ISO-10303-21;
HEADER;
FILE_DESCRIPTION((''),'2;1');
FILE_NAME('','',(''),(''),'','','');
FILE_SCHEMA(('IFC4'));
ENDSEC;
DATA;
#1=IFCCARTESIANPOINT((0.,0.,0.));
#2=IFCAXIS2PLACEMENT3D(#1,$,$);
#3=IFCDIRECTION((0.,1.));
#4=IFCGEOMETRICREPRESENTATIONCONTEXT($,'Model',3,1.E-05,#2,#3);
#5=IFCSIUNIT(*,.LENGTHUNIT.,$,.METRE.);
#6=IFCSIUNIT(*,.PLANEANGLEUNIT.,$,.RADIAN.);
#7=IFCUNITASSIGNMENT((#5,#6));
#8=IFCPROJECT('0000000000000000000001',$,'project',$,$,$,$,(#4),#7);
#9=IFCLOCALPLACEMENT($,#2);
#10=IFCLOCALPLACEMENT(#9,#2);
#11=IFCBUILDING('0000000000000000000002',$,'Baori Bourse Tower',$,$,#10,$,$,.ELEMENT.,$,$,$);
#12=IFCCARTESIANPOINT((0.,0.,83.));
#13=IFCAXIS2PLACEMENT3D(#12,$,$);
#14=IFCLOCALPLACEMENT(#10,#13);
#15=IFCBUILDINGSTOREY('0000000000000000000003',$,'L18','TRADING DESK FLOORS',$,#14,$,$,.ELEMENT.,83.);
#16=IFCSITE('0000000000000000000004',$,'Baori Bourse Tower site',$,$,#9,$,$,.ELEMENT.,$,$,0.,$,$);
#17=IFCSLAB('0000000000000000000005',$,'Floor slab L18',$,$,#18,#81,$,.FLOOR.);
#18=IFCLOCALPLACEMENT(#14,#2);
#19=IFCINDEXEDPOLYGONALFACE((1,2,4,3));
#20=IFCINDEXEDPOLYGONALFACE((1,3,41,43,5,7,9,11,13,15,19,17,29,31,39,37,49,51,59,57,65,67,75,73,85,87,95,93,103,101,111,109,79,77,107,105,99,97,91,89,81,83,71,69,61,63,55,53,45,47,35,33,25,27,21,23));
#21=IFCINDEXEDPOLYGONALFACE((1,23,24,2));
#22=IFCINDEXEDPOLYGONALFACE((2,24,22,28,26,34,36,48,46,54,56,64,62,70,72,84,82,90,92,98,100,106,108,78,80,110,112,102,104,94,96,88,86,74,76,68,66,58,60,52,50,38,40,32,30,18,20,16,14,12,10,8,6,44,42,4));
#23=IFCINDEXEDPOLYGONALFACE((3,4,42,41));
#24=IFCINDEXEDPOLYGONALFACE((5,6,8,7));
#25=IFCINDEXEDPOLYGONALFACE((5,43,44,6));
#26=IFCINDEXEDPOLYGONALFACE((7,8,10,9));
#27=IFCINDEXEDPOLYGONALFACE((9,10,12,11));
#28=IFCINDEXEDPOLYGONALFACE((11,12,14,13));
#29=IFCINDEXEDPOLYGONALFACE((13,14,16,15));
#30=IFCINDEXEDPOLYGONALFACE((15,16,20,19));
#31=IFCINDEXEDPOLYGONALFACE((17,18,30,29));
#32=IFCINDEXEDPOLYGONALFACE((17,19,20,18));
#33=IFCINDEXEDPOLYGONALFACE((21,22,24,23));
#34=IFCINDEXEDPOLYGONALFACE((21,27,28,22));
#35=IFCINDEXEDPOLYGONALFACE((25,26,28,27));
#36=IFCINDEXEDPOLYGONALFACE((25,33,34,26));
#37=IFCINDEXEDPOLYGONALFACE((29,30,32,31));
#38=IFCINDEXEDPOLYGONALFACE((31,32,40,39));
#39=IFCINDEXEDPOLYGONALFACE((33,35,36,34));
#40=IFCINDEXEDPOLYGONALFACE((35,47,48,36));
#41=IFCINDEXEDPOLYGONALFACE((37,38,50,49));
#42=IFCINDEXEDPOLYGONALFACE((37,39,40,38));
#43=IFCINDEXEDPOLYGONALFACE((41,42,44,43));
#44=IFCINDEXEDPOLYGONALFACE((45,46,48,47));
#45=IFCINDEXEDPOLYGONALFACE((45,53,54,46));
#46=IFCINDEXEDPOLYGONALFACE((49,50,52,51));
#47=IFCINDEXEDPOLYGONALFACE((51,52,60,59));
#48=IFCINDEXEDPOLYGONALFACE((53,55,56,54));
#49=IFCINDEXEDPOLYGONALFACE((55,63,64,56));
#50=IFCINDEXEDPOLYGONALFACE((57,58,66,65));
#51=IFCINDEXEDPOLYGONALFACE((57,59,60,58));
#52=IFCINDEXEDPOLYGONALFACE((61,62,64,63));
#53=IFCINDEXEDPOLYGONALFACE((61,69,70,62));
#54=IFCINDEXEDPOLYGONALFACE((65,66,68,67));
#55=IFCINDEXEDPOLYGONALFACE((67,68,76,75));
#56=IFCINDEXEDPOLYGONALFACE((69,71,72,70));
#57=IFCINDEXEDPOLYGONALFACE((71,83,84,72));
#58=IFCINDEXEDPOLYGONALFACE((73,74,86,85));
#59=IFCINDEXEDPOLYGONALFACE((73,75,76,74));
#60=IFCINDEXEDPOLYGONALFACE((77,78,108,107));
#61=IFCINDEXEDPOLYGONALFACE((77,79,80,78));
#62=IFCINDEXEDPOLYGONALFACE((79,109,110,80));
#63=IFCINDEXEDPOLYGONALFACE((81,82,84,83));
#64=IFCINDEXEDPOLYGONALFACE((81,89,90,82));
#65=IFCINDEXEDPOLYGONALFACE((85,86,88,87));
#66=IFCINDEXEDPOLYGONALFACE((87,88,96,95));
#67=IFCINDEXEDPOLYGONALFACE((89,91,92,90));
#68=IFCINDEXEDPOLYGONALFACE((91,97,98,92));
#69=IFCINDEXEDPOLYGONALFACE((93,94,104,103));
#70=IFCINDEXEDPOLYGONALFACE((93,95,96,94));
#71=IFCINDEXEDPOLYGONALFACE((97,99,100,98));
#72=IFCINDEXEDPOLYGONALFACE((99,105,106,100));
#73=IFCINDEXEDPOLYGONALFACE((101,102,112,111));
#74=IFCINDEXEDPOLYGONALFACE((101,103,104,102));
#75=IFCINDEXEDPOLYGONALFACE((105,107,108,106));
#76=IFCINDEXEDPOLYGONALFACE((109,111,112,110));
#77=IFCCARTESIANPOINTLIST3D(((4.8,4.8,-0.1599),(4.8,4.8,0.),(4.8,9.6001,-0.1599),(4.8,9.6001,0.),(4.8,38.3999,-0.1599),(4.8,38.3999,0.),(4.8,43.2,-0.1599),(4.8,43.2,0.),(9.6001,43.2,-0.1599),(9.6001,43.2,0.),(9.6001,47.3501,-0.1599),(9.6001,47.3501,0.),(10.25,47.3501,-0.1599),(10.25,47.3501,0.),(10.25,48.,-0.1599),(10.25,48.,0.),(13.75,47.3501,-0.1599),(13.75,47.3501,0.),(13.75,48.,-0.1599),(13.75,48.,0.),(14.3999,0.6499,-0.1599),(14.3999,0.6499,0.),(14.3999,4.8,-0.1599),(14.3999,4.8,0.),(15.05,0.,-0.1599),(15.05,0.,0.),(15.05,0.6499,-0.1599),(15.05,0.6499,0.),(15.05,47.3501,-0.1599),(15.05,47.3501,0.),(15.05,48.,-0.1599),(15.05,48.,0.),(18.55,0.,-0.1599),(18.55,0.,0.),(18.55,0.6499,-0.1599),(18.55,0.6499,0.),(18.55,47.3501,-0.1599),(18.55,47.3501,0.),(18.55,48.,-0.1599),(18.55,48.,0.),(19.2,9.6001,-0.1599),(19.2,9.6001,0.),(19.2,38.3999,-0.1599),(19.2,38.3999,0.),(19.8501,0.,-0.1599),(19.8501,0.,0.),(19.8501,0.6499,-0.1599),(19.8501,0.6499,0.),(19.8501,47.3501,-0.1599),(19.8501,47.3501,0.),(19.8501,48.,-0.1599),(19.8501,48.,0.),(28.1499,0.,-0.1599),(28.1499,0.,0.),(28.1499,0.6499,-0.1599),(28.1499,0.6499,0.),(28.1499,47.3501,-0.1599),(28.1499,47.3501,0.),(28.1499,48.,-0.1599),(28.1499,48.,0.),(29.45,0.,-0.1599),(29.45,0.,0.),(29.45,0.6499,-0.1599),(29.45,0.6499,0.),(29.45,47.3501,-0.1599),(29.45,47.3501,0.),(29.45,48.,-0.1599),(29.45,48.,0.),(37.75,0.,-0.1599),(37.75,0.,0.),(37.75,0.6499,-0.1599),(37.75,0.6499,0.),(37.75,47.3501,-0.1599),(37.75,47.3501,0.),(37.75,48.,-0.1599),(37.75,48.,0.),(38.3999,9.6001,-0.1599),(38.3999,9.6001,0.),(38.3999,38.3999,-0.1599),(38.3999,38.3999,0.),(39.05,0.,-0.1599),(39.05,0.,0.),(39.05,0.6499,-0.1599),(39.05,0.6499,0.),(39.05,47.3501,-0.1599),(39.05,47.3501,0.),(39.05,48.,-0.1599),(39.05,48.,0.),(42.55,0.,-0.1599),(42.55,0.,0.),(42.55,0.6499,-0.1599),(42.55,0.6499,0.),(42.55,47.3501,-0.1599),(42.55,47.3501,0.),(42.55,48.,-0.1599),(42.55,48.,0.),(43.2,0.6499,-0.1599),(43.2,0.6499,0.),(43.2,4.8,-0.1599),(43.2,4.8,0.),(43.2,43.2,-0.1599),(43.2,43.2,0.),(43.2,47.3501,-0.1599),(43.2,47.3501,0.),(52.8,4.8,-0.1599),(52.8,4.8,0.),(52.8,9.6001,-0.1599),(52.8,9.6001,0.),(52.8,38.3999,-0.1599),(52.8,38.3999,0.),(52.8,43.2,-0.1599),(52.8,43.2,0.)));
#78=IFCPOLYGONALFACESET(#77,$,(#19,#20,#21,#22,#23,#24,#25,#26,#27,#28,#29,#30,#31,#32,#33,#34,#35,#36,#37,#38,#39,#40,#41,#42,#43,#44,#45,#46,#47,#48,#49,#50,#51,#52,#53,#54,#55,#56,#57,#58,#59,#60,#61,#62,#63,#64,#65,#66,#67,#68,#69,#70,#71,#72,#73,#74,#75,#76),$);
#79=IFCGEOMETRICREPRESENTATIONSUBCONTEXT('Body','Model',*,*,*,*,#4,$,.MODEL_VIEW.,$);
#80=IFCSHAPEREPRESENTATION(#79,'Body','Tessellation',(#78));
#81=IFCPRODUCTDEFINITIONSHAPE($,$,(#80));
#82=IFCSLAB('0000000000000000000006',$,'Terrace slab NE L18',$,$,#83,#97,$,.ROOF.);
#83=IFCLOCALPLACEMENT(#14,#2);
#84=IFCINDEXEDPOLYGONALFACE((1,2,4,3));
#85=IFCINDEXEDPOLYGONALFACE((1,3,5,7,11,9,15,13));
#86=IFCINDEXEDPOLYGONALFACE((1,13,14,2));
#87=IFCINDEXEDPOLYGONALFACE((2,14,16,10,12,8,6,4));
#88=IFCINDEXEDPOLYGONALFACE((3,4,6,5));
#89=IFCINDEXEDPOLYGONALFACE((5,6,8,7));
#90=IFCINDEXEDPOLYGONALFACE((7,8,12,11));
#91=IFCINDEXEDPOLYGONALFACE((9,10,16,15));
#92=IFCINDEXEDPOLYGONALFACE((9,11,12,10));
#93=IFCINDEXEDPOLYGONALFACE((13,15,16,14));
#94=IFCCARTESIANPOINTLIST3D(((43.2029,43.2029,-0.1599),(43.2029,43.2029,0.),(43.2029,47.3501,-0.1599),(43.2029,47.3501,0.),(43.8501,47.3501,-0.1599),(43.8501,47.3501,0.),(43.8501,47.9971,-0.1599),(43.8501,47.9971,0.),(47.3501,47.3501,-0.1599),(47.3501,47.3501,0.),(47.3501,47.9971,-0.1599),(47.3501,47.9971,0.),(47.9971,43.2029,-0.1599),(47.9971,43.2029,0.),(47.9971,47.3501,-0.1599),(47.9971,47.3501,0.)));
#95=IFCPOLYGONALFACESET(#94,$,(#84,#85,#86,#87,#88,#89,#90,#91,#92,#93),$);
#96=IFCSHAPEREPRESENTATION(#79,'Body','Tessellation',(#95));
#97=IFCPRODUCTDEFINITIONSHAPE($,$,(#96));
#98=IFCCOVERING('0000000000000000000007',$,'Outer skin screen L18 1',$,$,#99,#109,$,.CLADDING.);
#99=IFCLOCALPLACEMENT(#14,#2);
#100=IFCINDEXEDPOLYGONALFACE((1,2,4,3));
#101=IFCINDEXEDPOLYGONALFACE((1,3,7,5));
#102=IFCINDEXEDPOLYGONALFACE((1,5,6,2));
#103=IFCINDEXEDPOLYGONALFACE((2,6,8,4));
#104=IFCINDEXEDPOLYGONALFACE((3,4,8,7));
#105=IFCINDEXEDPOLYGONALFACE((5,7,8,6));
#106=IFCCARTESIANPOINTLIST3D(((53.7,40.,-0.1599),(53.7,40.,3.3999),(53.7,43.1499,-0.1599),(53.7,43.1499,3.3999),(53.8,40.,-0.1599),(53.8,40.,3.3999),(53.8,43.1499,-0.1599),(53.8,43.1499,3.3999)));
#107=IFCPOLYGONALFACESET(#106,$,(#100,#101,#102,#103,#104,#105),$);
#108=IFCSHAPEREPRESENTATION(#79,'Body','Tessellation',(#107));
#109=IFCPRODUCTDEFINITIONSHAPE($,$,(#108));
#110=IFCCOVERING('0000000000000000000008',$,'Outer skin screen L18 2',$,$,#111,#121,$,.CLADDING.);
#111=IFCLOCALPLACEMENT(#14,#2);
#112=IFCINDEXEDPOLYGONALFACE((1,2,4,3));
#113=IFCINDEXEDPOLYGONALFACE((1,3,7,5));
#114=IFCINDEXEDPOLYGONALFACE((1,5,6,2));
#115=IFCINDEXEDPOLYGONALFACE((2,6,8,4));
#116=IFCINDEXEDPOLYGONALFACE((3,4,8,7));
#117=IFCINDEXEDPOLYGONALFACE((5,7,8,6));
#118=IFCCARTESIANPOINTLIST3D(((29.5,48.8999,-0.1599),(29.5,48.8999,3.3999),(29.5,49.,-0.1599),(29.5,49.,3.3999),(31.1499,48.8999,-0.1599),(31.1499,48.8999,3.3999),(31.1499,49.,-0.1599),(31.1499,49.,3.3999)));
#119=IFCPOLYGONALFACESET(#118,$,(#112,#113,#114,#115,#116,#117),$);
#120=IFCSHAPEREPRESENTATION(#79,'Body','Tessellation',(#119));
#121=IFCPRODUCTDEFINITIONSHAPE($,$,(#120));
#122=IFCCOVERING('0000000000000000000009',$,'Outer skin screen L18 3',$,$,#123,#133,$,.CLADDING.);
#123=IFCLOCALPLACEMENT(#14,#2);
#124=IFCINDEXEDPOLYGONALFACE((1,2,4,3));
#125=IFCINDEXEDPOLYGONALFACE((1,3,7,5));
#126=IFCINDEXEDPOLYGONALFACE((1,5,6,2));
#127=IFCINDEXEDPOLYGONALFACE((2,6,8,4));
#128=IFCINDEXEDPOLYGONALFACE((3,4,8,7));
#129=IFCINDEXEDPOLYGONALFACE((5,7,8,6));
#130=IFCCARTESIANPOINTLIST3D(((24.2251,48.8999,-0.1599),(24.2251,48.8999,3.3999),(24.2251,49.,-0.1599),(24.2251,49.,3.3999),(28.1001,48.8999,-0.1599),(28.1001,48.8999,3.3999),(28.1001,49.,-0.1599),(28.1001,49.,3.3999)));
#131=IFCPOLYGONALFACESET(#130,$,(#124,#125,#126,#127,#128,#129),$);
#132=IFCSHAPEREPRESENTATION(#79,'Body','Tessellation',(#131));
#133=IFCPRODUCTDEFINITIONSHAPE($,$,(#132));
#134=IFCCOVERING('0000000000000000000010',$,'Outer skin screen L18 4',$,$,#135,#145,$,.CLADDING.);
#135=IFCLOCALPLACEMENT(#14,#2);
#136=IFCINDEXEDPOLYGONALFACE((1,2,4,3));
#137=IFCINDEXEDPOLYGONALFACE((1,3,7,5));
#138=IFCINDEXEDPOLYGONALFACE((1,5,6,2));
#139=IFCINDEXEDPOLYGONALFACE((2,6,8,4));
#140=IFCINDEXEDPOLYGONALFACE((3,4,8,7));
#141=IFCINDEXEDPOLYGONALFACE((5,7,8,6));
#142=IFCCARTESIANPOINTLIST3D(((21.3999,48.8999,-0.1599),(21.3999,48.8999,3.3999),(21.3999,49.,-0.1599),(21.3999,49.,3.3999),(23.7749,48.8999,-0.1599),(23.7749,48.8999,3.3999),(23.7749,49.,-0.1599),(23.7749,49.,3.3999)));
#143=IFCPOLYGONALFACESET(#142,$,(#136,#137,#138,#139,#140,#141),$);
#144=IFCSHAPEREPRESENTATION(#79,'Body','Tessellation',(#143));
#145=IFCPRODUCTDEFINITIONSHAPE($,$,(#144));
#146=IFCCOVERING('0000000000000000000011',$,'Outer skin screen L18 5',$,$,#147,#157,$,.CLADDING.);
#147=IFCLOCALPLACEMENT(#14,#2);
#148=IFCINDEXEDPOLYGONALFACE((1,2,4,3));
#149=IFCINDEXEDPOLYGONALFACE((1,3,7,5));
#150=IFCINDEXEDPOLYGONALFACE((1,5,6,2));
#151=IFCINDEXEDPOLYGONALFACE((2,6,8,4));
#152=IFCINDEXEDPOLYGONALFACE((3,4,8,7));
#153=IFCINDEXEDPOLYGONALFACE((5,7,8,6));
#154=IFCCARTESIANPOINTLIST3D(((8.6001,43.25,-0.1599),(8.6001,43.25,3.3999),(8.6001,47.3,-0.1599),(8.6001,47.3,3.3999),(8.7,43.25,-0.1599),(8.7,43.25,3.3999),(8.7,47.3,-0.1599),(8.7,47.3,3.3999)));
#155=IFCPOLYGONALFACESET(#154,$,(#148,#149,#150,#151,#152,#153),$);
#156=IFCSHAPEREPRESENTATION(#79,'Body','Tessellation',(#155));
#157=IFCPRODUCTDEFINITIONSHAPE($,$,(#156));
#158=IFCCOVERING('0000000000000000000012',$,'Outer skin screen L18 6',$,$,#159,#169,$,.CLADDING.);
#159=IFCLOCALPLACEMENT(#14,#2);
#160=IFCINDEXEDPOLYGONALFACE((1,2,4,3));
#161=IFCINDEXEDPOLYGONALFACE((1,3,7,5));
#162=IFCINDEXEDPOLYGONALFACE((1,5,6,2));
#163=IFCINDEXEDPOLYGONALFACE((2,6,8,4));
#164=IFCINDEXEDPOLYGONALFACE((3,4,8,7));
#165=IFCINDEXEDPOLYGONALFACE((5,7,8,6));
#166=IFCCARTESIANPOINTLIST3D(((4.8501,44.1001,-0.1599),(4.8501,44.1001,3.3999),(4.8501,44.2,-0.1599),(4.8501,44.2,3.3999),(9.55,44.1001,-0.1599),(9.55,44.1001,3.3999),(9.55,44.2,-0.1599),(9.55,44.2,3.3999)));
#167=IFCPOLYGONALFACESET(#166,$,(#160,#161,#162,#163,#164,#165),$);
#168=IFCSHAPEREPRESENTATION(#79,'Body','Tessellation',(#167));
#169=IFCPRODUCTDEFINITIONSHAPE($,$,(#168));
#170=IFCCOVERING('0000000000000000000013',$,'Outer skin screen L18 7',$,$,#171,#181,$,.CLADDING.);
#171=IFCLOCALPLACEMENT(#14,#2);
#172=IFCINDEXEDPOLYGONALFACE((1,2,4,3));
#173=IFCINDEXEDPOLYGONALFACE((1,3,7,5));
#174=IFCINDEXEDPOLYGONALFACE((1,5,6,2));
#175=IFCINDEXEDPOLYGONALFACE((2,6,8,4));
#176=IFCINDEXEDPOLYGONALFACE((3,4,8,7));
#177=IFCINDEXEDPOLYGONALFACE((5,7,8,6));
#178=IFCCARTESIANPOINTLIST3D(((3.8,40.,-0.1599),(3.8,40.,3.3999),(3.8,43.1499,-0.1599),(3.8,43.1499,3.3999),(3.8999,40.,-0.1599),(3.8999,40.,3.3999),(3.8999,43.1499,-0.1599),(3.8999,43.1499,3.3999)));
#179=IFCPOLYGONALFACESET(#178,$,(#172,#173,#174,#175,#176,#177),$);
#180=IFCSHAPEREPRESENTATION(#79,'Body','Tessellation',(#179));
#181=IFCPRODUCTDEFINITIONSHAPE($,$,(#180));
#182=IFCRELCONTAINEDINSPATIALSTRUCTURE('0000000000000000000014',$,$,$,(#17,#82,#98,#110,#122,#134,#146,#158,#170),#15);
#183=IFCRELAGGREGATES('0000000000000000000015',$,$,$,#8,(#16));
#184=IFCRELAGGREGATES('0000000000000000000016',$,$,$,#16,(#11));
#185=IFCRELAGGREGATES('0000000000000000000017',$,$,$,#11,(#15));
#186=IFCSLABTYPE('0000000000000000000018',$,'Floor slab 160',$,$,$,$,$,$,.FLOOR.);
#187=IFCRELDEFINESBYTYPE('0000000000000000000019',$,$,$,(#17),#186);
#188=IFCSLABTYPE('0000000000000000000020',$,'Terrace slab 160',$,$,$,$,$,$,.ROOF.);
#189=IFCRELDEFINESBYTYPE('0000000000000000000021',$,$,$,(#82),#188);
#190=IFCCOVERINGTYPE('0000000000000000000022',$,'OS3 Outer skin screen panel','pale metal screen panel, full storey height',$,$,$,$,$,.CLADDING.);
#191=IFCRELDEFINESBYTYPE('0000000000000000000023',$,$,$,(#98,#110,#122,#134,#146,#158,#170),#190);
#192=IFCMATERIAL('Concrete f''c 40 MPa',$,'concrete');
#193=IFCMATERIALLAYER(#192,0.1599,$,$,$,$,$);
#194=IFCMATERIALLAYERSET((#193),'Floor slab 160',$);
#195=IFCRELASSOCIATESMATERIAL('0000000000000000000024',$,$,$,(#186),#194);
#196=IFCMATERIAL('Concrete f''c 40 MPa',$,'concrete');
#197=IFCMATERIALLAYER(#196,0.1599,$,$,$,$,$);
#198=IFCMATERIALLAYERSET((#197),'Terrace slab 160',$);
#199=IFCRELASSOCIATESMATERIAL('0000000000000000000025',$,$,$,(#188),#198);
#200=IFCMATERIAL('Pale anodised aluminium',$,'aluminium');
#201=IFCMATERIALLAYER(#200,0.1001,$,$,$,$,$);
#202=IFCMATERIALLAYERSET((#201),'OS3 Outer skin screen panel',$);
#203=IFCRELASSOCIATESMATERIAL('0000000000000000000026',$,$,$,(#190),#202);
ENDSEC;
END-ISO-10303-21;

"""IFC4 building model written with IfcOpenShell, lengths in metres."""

from ifc_helpers import new_model, si_unit, direction, frame, origin, place, context, subcontext, project, spatial, polyline, outline, extrude, material, layer, layer_set, type_object, element, save


model = new_model("IFC4")

# Units and contexts
model_context = context("Model", 3, precision=1e-05, world=origin(), true_north=direction((0.0, 1.0)))
body_context = subcontext(model_context, "Body", "Model", "MODEL_VIEW")
ifc_project = project(units=[si_unit("LENGTHUNIT", "METRE"), si_unit("PLANEANGLEUNIT", "RADIAN")], contexts=[model_context])

# Site, building, storey
site_placement = place(None, origin())
site = spatial("IfcSite", under=ifc_project, at=site_placement, Name="Baori Bourse Tower site", CompositionType="ELEMENT", RefElevation=0.0)
building_placement = place(site_placement, origin())
building = spatial("IfcBuilding", under=site, at=building_placement, Name="Baori Bourse Tower", CompositionType="ELEMENT")
storey_placement = place(building_placement, frame((0.0, 0.0, 83.0)))
storey = spatial("IfcBuildingStorey", under=building, at=storey_placement, Name="L18", Description="TRADING DESK FLOORS", CompositionType="ELEMENT", Elevation=83.0)

# Slabs
ifc_material_1 = material(Name="Concrete f'c 40 MPa", Category="concrete")
ifc_layer_1 = layer(ifc_material_1, 0.1599)
ifc_layer_set_1 = layer_set([ifc_layer_1], Name="Floor slab 160")
slab_type_1 = type_object("IfcSlabType", Name="Floor slab 160", PredefinedType="FLOOR", material=ifc_layer_set_1)
slab_1_placement = place(storey_placement, frame((0.0, 0.0, -0.1599)))
element("IfcSlab", 1, at=slab_1_placement, inside=storey, type_object=slab_type_1, Name="Floor slab L18", PredefinedType="FLOOR", context=body_context, shape_type="SweptSolid", body=[
    extrude(outline(polyline([(14.3999, 4.8), (4.8, 4.8), (4.8, 9.6001), (19.2, 9.6001), (19.2, 38.3999), (4.8, 38.3999), (4.8, 43.2), (9.6001, 43.2), (9.6001, 47.3501), (10.25, 47.3501), (10.25, 48.0), (13.75, 48.0), (13.75, 47.3501), (15.05, 47.3501), (15.05, 48.0), (18.55, 48.0), (18.55, 47.3501), (19.8501, 47.3501), (19.8501, 48.0), (28.1499, 48.0), (28.1499, 47.3501), (29.45, 47.3501), (29.45, 48.0), (37.75, 48.0), (37.75, 47.3501), (39.05, 47.3501), (39.05, 48.0), (42.55, 48.0), (42.55, 47.3501), (43.2, 47.3501), (43.2, 43.2), (52.8, 43.2), (52.8, 38.3999), (38.3999, 38.3999), (38.3999, 9.6001), (52.8, 9.6001), (52.8, 4.8), (43.2, 4.8), (43.2, 0.6499), (42.55, 0.6499), (42.55, 0.0), (39.05, 0.0), (39.05, 0.6499), (37.75, 0.6499), (37.75, 0.0), (29.45, 0.0), (29.45, 0.6499), (28.1499, 0.6499), (28.1499, 0.0), (19.8501, 0.0), (19.8501, 0.6499), (18.55, 0.6499), (18.55, 0.0), (15.05, 0.0), (15.05, 0.6499), (14.3999, 0.6499), (14.3999, 4.8)])), origin(), (0.0, 0.0, 1.0), 0.1599),
])
ifc_material_2 = material(Name="Concrete f'c 40 MPa", Category="concrete")
ifc_layer_2 = layer(ifc_material_2, 0.1599)
ifc_layer_set_2 = layer_set([ifc_layer_2], Name="Terrace slab 160")
slab_type_2 = type_object("IfcSlabType", Name="Terrace slab 160", PredefinedType="ROOF", material=ifc_layer_set_2)
slab_2_placement = place(storey_placement, frame((0.0, 0.0, -0.1599)))
element("IfcSlab", 2, at=slab_2_placement, inside=storey, type_object=slab_type_2, Name="Terrace slab NE L18", PredefinedType="ROOF", context=body_context, shape_type="SweptSolid", body=[
    extrude(outline(polyline([(43.2029, 47.3501), (43.8501, 47.3501), (43.8501, 47.9971), (47.3501, 47.9971), (47.3501, 47.3501), (47.9971, 47.3501), (47.9971, 43.2029), (43.2029, 43.2029), (43.2029, 47.3501)])), origin(), (0.0, 0.0, 1.0), 0.1599),
])

# Coverings
ifc_material_3 = material(Name="Pale anodised aluminium", Category="aluminium")
ifc_layer_3 = layer(ifc_material_3, 0.1001)
ifc_layer_set_3 = layer_set([ifc_layer_3], Name="OS3 Outer skin screen panel")
covering_type = type_object("IfcCoveringType", Name="OS3 Outer skin screen panel", Description="pale metal screen panel, full storey height", PredefinedType="CLADDING", material=ifc_layer_set_3)
covering_1_placement = place(storey_placement, frame((0.0, 0.0, -0.1599)))
element("IfcCovering", 3, at=covering_1_placement, inside=storey, type_object=covering_type, Name="Outer skin screen L18 1", PredefinedType="CLADDING", context=body_context, shape_type="SweptSolid", body=[
    extrude(outline(polyline([(53.7, 43.1499), (53.7, 40.0), (53.8, 40.0), (53.8, 43.1499), (53.7, 43.1499)])), origin(), (0.0, 0.0, 1.0), 3.5598),
])
covering_2_placement = place(storey_placement, frame((0.0, 0.0, -0.1599)))
element("IfcCovering", 4, at=covering_2_placement, inside=storey, type_object=covering_type, Name="Outer skin screen L18 2", PredefinedType="CLADDING", context=body_context, shape_type="SweptSolid", body=[
    extrude(outline(polyline([(29.5, 48.8999), (31.1499, 48.8999), (31.1499, 49.0), (29.5, 49.0), (29.5, 48.8999)])), origin(), (0.0, 0.0, 1.0), 3.5598),
])
covering_3_placement = place(storey_placement, frame((0.0, 0.0, -0.1599)))
element("IfcCovering", 5, at=covering_3_placement, inside=storey, type_object=covering_type, Name="Outer skin screen L18 3", PredefinedType="CLADDING", context=body_context, shape_type="SweptSolid", body=[
    extrude(outline(polyline([(24.2251, 48.8999), (28.1001, 48.8999), (28.1001, 49.0), (24.2251, 49.0), (24.2251, 48.8999)])), origin(), (0.0, 0.0, 1.0), 3.5598),
])
covering_4_placement = place(storey_placement, frame((0.0, 0.0, -0.1599)))
element("IfcCovering", 6, at=covering_4_placement, inside=storey, type_object=covering_type, Name="Outer skin screen L18 4", PredefinedType="CLADDING", context=body_context, shape_type="SweptSolid", body=[
    extrude(outline(polyline([(21.3999, 48.8999), (23.7749, 48.8999), (23.7749, 49.0), (21.3999, 49.0), (21.3999, 48.8999)])), origin(), (0.0, 0.0, 1.0), 3.5598),
])
covering_5_placement = place(storey_placement, frame((0.0, 0.0, -0.1599)))
element("IfcCovering", 7, at=covering_5_placement, inside=storey, type_object=covering_type, Name="Outer skin screen L18 5", PredefinedType="CLADDING", context=body_context, shape_type="SweptSolid", body=[
    extrude(outline(polyline([(8.7, 43.25), (8.7, 47.3), (8.6001, 47.3), (8.6001, 43.25), (8.7, 43.25)])), origin(), (0.0, 0.0, 1.0), 3.5598),
])
covering_6_placement = place(storey_placement, frame((0.0, 0.0, -0.1599)))
element("IfcCovering", 8, at=covering_6_placement, inside=storey, type_object=covering_type, Name="Outer skin screen L18 6", PredefinedType="CLADDING", context=body_context, shape_type="SweptSolid", body=[
    extrude(outline(polyline([(4.8501, 44.1001), (9.55, 44.1001), (9.55, 44.2), (4.8501, 44.2), (4.8501, 44.1001)])), origin(), (0.0, 0.0, 1.0), 3.5598),
])
covering_7_placement = place(storey_placement, frame((0.0, 0.0, -0.1599)))
element("IfcCovering", 9, at=covering_7_placement, inside=storey, type_object=covering_type, Name="Outer skin screen L18 7", PredefinedType="CLADDING", context=body_context, shape_type="SweptSolid", body=[
    extrude(outline(polyline([(3.8999, 40.0), (3.8999, 43.1499), (3.8, 43.1499), (3.8, 40.0), (3.8999, 40.0), (3.8999, 40.0)])), origin(), (0.0, 0.0, 1.0), 3.5598),
])

save(model, "model.ifc")
